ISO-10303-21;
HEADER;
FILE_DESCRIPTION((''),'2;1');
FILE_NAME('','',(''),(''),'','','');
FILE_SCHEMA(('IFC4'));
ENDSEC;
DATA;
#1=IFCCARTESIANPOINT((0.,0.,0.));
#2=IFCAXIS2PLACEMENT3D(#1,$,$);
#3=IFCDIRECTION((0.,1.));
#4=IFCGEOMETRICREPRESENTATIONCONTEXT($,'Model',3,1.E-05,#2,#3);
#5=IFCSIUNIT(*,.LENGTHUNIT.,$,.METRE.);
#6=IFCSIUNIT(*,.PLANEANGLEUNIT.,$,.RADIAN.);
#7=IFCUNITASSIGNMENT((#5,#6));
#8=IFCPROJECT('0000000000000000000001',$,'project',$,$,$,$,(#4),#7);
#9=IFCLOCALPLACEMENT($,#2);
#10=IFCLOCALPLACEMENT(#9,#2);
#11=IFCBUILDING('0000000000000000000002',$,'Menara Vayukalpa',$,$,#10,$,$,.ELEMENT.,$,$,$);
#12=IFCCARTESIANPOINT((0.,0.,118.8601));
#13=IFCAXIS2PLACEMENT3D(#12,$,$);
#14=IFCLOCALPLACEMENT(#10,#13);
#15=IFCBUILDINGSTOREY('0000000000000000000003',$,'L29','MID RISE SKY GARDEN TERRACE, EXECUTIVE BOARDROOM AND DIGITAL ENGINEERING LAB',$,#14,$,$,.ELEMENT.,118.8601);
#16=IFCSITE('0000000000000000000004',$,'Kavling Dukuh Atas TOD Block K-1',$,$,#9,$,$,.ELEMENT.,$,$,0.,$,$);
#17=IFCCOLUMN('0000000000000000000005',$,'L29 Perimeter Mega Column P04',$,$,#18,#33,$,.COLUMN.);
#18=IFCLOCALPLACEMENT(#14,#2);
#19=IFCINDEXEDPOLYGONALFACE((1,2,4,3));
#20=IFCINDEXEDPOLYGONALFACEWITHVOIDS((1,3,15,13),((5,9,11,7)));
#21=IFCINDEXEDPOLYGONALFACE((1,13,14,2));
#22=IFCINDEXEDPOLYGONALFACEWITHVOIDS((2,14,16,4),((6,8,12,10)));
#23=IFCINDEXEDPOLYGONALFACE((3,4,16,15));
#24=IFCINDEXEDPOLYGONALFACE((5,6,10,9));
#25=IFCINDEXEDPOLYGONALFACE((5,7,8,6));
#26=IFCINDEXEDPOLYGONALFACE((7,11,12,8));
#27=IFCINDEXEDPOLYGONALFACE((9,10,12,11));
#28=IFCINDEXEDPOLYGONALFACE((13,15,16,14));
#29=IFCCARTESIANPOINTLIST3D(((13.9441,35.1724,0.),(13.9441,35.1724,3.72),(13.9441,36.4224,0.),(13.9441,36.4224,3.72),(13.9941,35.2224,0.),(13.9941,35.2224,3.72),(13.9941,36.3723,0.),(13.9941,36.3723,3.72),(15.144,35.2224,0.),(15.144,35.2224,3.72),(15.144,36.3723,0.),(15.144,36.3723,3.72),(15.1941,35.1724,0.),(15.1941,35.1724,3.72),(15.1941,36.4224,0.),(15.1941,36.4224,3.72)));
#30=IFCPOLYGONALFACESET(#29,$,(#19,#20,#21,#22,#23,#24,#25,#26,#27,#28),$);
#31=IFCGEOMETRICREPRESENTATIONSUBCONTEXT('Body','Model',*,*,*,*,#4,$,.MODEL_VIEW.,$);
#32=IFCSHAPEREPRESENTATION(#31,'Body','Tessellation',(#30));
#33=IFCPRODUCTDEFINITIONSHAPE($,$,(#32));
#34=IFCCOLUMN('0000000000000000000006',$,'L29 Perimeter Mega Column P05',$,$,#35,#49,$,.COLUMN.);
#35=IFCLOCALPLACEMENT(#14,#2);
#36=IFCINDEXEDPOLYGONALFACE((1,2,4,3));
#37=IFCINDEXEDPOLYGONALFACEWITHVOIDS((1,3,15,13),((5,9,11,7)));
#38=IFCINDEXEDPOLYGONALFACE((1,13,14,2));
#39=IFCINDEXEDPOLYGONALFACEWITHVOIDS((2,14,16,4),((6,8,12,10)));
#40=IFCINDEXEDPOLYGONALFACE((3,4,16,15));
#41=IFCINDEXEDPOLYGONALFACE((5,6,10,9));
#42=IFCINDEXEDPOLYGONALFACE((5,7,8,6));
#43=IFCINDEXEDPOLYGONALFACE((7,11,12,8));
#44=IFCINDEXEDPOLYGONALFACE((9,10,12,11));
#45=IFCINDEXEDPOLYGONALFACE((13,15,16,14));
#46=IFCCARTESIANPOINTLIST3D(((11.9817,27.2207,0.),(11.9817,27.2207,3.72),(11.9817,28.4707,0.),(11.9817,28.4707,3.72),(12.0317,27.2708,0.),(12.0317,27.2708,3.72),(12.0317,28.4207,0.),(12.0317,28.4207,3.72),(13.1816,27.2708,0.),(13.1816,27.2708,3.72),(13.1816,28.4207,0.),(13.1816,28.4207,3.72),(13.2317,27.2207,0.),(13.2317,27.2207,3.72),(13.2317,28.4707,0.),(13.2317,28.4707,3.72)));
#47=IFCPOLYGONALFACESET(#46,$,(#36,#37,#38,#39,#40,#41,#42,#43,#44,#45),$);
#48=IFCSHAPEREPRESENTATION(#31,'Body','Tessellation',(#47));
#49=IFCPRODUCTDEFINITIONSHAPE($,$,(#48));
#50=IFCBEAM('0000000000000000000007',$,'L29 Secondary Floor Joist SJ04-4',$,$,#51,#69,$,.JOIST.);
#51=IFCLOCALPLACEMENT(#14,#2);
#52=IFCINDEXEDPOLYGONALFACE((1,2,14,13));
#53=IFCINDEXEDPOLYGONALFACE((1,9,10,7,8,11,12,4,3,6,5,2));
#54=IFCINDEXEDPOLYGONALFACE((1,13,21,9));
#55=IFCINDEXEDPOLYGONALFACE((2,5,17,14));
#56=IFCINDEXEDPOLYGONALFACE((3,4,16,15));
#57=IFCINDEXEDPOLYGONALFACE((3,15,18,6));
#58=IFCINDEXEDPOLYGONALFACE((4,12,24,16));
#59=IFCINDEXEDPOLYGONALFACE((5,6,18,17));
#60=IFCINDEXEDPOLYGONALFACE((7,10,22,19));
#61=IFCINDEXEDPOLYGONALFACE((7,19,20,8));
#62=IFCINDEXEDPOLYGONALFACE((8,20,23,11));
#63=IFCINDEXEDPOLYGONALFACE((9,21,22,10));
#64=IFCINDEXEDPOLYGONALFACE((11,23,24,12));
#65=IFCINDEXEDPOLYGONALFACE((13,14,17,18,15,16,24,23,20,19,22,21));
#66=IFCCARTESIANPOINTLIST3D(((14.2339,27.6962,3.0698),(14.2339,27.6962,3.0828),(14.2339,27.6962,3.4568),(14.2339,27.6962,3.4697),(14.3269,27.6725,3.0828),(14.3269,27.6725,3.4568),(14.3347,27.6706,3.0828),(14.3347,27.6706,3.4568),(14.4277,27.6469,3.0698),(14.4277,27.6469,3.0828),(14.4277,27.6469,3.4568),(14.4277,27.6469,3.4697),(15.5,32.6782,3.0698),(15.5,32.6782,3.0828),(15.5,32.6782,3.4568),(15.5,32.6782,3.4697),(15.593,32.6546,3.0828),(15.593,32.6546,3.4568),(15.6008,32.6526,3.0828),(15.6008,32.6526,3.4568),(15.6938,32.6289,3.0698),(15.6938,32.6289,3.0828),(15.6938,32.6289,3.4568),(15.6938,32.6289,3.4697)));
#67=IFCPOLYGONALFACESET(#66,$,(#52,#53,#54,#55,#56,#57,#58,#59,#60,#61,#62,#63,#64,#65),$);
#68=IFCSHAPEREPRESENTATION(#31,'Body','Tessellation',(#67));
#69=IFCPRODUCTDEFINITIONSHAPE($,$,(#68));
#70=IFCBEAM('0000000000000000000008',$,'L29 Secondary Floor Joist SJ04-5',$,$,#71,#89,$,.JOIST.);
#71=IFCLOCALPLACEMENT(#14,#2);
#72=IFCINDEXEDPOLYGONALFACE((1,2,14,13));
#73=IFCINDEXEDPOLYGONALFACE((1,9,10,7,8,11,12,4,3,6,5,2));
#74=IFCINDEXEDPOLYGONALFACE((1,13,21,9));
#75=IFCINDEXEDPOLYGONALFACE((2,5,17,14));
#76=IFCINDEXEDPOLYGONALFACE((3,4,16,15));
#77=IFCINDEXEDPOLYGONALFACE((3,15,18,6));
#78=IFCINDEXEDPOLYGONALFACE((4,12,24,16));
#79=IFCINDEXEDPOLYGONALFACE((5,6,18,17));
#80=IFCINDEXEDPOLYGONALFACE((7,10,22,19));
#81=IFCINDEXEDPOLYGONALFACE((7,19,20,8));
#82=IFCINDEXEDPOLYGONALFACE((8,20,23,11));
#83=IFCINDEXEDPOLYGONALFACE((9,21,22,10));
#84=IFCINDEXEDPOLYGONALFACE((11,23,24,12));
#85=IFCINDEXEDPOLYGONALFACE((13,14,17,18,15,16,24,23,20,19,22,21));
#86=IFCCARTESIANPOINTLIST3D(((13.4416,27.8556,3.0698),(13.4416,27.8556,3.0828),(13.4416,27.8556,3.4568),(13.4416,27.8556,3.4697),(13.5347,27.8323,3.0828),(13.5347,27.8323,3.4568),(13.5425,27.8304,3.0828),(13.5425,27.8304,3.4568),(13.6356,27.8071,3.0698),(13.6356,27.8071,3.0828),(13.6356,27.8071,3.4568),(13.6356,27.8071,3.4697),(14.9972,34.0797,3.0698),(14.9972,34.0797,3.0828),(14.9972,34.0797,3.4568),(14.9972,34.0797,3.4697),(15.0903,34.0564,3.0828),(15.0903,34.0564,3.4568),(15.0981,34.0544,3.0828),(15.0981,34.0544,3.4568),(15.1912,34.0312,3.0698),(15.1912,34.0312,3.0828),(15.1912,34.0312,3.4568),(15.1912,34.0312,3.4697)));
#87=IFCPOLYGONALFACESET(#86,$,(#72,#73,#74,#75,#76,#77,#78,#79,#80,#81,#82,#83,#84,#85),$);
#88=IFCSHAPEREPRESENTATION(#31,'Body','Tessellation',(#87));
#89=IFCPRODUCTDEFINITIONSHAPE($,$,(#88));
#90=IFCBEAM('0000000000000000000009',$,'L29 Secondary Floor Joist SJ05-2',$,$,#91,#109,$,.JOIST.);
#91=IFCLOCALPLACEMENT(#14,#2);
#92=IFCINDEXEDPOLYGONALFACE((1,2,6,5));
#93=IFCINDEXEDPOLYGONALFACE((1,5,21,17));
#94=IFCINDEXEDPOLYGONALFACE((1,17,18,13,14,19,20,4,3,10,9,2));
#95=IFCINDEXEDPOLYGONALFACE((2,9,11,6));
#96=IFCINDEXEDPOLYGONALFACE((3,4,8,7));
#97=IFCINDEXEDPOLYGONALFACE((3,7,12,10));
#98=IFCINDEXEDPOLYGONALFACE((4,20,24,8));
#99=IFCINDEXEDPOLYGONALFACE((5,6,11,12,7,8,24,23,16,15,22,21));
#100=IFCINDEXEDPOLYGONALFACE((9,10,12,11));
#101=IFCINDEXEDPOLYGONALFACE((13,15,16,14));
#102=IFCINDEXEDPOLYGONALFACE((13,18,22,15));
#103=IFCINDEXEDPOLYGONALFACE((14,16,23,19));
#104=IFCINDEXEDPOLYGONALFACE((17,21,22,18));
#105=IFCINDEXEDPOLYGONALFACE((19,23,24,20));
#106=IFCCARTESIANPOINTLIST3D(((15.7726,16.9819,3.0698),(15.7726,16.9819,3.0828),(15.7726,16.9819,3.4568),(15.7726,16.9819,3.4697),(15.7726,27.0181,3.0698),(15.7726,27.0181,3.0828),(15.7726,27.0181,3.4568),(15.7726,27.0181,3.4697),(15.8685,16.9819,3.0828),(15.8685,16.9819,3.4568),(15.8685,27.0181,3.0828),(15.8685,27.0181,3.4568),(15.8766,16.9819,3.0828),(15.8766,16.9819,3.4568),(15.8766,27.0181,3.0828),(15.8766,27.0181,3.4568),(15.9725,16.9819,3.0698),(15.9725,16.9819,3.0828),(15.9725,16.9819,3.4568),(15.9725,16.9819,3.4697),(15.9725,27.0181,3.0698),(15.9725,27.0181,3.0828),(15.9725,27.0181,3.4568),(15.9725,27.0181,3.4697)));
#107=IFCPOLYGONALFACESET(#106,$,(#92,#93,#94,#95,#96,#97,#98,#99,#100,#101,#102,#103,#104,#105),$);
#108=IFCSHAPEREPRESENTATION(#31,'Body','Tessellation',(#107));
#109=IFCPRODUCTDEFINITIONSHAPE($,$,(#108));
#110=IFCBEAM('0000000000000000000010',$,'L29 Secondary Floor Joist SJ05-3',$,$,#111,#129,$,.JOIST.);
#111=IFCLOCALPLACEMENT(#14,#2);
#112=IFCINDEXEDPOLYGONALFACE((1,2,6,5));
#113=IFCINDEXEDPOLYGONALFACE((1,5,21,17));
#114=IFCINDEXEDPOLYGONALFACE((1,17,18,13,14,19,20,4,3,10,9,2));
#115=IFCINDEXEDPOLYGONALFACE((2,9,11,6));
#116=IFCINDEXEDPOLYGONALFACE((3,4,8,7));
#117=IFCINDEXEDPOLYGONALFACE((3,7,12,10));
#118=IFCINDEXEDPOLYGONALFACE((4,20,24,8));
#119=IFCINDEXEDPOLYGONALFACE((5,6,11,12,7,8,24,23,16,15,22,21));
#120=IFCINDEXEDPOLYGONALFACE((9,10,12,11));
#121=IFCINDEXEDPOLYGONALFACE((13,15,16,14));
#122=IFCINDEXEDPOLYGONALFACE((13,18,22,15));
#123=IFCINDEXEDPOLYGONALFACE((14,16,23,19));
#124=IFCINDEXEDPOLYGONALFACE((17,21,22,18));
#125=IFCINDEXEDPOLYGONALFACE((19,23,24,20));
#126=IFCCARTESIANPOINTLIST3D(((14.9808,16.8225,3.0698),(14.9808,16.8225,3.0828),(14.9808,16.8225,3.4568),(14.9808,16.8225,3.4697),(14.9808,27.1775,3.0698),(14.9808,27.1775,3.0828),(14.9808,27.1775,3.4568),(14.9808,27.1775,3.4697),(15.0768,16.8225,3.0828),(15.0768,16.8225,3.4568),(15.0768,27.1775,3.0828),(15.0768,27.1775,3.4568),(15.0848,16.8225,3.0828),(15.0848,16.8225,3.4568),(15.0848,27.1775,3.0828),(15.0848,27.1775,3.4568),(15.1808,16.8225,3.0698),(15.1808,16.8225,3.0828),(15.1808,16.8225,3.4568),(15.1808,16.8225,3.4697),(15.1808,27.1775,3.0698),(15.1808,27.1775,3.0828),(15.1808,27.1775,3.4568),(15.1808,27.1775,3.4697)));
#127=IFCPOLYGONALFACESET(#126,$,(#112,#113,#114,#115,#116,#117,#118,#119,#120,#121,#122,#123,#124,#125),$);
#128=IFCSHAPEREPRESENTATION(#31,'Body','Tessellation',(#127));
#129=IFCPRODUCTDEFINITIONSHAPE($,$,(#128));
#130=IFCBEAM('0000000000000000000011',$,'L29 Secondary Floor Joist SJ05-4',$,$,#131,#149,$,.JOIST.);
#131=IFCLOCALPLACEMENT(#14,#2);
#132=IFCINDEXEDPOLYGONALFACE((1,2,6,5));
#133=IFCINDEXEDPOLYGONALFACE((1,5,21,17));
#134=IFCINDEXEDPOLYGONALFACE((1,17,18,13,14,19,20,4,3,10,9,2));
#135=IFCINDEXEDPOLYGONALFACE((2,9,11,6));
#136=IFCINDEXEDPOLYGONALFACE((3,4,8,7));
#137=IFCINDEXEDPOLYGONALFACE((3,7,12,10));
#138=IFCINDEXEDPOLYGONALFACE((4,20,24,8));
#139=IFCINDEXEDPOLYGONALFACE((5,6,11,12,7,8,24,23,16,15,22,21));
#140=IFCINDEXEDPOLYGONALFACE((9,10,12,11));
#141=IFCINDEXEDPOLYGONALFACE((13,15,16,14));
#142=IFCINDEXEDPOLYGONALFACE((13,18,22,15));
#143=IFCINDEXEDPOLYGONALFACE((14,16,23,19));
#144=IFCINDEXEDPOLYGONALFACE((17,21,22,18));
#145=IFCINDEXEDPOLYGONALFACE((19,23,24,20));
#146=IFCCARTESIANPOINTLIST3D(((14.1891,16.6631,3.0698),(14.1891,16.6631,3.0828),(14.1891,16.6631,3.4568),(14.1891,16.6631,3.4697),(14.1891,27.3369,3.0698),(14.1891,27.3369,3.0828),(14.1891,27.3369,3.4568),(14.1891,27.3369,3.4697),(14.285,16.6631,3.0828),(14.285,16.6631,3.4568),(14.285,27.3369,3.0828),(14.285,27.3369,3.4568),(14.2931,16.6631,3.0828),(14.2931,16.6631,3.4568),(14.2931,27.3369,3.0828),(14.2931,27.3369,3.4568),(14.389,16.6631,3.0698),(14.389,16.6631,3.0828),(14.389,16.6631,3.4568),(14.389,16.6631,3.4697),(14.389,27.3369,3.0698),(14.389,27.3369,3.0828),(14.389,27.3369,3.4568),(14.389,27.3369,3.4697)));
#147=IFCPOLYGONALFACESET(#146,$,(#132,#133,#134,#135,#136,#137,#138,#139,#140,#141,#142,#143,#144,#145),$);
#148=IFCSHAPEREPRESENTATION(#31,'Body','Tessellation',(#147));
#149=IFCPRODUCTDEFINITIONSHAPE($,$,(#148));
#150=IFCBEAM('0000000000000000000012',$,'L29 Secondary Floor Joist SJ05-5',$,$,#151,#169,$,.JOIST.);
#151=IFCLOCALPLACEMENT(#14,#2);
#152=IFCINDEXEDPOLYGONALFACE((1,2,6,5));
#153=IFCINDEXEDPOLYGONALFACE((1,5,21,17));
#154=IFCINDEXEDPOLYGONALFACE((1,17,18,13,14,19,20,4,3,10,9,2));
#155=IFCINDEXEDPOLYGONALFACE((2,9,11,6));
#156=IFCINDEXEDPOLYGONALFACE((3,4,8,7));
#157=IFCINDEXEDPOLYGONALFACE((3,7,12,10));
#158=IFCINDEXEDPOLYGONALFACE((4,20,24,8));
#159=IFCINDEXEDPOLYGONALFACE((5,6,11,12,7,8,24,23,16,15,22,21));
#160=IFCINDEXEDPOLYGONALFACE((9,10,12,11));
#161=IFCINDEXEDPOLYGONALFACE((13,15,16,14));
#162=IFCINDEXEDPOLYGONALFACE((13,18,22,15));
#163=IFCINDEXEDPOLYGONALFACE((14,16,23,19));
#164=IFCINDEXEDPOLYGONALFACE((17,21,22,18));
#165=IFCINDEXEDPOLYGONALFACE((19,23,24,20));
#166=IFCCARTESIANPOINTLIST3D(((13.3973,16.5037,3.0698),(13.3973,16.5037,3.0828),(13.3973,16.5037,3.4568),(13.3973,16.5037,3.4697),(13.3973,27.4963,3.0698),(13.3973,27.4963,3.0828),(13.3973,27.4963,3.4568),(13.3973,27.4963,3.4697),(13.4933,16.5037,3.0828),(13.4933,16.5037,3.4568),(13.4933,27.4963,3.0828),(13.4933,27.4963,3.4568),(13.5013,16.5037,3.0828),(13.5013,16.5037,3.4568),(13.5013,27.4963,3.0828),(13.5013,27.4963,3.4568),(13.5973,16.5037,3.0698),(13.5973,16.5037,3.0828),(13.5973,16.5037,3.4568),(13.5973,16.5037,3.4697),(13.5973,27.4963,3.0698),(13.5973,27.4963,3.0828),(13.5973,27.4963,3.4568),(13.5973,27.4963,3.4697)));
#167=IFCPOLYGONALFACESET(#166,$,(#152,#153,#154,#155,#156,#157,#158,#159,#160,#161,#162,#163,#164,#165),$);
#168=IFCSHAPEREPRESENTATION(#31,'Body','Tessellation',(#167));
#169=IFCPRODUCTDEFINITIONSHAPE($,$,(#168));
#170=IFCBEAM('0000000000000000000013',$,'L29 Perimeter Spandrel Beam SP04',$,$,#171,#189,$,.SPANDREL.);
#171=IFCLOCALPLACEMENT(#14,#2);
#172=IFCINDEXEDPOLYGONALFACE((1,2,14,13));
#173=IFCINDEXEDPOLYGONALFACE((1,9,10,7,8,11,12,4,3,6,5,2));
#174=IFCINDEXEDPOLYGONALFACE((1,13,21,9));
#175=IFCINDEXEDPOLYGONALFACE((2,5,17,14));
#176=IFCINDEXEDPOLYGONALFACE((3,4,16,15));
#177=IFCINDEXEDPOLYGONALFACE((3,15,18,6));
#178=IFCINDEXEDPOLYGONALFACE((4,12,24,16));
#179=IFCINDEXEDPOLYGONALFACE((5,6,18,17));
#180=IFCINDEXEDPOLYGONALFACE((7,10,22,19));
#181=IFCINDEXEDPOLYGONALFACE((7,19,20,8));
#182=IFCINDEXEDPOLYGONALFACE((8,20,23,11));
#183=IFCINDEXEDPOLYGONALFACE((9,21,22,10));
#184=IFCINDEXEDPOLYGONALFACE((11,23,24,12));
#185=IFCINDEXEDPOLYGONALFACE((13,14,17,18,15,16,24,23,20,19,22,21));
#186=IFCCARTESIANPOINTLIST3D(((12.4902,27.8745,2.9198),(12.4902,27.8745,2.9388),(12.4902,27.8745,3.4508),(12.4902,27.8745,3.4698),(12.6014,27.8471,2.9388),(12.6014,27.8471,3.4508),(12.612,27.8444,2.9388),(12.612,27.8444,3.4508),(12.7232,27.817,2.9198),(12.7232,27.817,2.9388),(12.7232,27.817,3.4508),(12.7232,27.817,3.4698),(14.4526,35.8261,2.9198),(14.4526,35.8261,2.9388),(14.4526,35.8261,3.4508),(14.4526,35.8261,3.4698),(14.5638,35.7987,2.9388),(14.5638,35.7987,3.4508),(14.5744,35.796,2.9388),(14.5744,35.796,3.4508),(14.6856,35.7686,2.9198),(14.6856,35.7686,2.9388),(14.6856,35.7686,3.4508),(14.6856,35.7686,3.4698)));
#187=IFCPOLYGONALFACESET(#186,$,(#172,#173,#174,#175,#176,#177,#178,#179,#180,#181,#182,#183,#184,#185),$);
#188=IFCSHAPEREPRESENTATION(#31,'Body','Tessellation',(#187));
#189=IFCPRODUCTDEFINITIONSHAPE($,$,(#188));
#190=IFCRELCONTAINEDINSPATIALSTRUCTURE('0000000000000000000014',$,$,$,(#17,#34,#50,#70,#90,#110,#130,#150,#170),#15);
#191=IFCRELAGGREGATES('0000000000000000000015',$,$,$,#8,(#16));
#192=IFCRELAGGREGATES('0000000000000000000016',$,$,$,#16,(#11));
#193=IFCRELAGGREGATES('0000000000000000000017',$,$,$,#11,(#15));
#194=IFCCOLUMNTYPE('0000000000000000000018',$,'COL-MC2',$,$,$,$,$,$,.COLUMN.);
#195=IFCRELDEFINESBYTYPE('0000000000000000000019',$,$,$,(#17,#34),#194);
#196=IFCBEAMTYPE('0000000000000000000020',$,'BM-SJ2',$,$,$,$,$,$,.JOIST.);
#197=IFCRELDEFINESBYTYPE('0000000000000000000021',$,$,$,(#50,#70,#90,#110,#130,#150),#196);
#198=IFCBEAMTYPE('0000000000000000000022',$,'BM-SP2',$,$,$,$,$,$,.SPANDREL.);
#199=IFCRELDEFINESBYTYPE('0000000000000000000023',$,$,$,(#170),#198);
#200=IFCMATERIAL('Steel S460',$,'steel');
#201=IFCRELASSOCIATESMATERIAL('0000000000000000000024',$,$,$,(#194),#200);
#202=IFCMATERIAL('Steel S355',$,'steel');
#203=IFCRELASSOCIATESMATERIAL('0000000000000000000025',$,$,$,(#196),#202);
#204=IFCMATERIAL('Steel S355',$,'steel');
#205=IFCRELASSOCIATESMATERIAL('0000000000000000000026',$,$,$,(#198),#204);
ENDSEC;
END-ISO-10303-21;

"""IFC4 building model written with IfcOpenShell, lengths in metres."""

from ifc_helpers import new_model, si_unit, direction, frame, origin, origin_2d, place, context, subcontext, project, spatial, hollow_rectangle, i_section, extrude, material, material_profile, profile_set, type_object, element, save


model = new_model("IFC4")

# Units and contexts
model_context = context("Model", 3, precision=1e-05, world=origin(), true_north=direction((0.0, 1.0)))
body_context = subcontext(model_context, "Body", "Model", "MODEL_VIEW")
ifc_project = project(units=[si_unit("LENGTHUNIT", "METRE"), si_unit("PLANEANGLEUNIT", "RADIAN")], contexts=[model_context])

# Site, building, storey
site_placement = place(None, origin())
site = spatial("IfcSite", under=ifc_project, at=site_placement, Name="Kavling Dukuh Atas TOD Block K-1", CompositionType="ELEMENT", RefElevation=0.0)
building_placement = place(site_placement, origin())
building = spatial("IfcBuilding", under=site, at=building_placement, Name="Menara Vayukalpa", CompositionType="ELEMENT")
storey_placement = place(building_placement, frame((0.0, 0.0, 118.8601)))
storey = spatial("IfcBuildingStorey", under=building, at=storey_placement, Name="L29", Description="MID RISE SKY GARDEN TERRACE, EXECUTIVE BOARDROOM AND DIGITAL ENGINEERING LAB", CompositionType="ELEMENT", Elevation=118.8601)

# Columns
ifc_material_1 = material(Name="Steel S460", Category="steel")
ifc_material_profile_1 = material_profile(ifc_material_1, hollow_rectangle(XDim=1.25, YDim=1.25, WallThickness=0.05, at=origin_2d()), Name="BOX 1250x1250x50")
ifc_profile_set_1 = profile_set([ifc_material_profile_1], Name="Steel S460")
column_type = type_object("IfcColumnType", Name="COL-MC2", PredefinedType="COLUMN", material=ifc_profile_set_1)
for number, where, z_axis, x_axis, name in (
    (1, (14.5691, 35.7974, 0.0), (0.0, 0.0, 1.0), (1.0, 0.0, 0.0), "L29 Perimeter Mega Column P04"),
    (2, (12.6067, 27.8457, 0.0), (0.0, 0.0, 1.0), (1.0, 0.0, 0.0), "L29 Perimeter Mega Column P05"),
):
    element("IfcColumn", number, at=place(storey_placement, frame(where, z_axis=z_axis, x_axis=x_axis)), inside=storey, type_object=column_type, Name=name, PredefinedType="COLUMN", context=body_context, shape_type="SweptSolid", body=[
        extrude(hollow_rectangle(XDim=1.25, YDim=1.25, WallThickness=0.05, at=origin_2d()), origin(), (0.0, 0.0, 1.0), 3.72),
    ])

# Beams
ifc_material_2 = material(Name="Steel S355", Category="steel")
ifc_material_profile_2 = material_profile(ifc_material_2, i_section(OverallWidth=0.2, OverallDepth=0.3999, WebThickness=0.0081, FlangeThickness=0.0129, at=origin_2d()), Name="WF 400x200x8x13")
ifc_profile_set_2 = profile_set([ifc_material_profile_2], Name="Steel S355")
beam_type_1 = type_object("IfcBeamType", Name="BM-SJ2", PredefinedType="JOIST", material=ifc_profile_set_2)
beam_1_placement = place(storey_placement, frame((15.5969, 32.6536, 3.2698), z_axis=(-0.246311, -0.969191, 0.0), x_axis=(0.969191, -0.246311, 0.0)))
element("IfcBeam", 3, at=beam_1_placement, inside=storey, type_object=beam_type_1, Name="L29 Secondary Floor Joist SJ04-4", PredefinedType="JOIST", context=body_context, shape_type="SweptSolid", body=[
    extrude(i_section(OverallWidth=0.2, OverallDepth=0.3999, WebThickness=0.0081, FlangeThickness=0.0129, at=origin_2d()), origin(), (0.0, 0.0, 1.0), 5.1404),
])
beam_2_placement = place(storey_placement, frame((15.0942, 34.0554, 3.2698), z_axis=(-0.242482, -0.970156, 0.0), x_axis=(0.970156, -0.242482, 0.0)))
element("IfcBeam", 4, at=beam_2_placement, inside=storey, type_object=beam_type_1, Name="L29 Secondary Floor Joist SJ04-5", PredefinedType="JOIST", context=body_context, shape_type="SweptSolid", body=[
    extrude(i_section(OverallWidth=0.2, OverallDepth=0.3999, WebThickness=0.0081, FlangeThickness=0.0129, at=origin_2d()), origin(), (0.0, 0.0, 1.0), 6.4155),
])
beam_3_placement = place(storey_placement, frame((15.8726, 27.0181, 3.2698), z_axis=(0.0, -1.0, 0.0), x_axis=(1.0, 0.0, 0.0)))
element("IfcBeam", 5, at=beam_3_placement, inside=storey, type_object=beam_type_1, Name="L29 Secondary Floor Joist SJ05-2", PredefinedType="JOIST", context=body_context, shape_type="SweptSolid", body=[
    extrude(i_section(OverallWidth=0.2, OverallDepth=0.3999, WebThickness=0.0081, FlangeThickness=0.0129, at=origin_2d()), origin(), (0.0, 0.0, 1.0), 10.0361),
])
beam_4_placement = place(storey_placement, frame((15.0808, 27.1775, 3.2698), z_axis=(0.0, -1.0, 0.0), x_axis=(1.0, 0.0, 0.0)))
element("IfcBeam", 6, at=beam_4_placement, inside=storey, type_object=beam_type_1, Name="L29 Secondary Floor Joist SJ05-3", PredefinedType="JOIST", context=body_context, shape_type="SweptSolid", body=[
    extrude(i_section(OverallWidth=0.2, OverallDepth=0.3999, WebThickness=0.0081, FlangeThickness=0.0129, at=origin_2d()), origin(), (0.0, 0.0, 1.0), 10.355),
])
beam_5_placement = place(storey_placement, frame((14.2891, 27.3369, 3.2698), z_axis=(0.0, -1.0, 0.0), x_axis=(1.0, 0.0, 0.0)))
element("IfcBeam", 7, at=beam_5_placement, inside=storey, type_object=beam_type_1, Name="L29 Secondary Floor Joist SJ05-4", PredefinedType="JOIST", context=body_context, shape_type="SweptSolid", body=[
    extrude(i_section(OverallWidth=0.2, OverallDepth=0.3999, WebThickness=0.0081, FlangeThickness=0.0129, at=origin_2d()), origin(), (0.0, 0.0, 1.0), 10.6738),
])
beam_6_placement = place(storey_placement, frame((13.4973, 27.4963, 3.2698), z_axis=(0.0, -1.0, 0.0), x_axis=(1.0, 0.0, 0.0)))
element("IfcBeam", 8, at=beam_6_placement, inside=storey, type_object=beam_type_1, Name="L29 Secondary Floor Joist SJ05-5", PredefinedType="JOIST", context=body_context, shape_type="SweptSolid", body=[
    extrude(i_section(OverallWidth=0.2, OverallDepth=0.3999, WebThickness=0.0081, FlangeThickness=0.0129, at=origin_2d()), origin(), (0.0, 0.0, 1.0), 10.9927),
])
ifc_material_3 = material(Name="Steel S355", Category="steel")
ifc_material_profile_3 = material_profile(ifc_material_3, i_section(OverallWidth=0.24, OverallDepth=0.55, WebThickness=0.011, FlangeThickness=0.019, at=origin_2d()), Name="WF 550x240x11x19")
ifc_profile_set_3 = profile_set([ifc_material_profile_3], Name="Steel S355")
beam_type_2 = type_object("IfcBeamType", Name="BM-SP2", PredefinedType="SPANDREL", material=ifc_profile_set_3)
beam_7_placement = place(storey_placement, frame((14.5691, 35.7974, 3.1948), z_axis=(-0.239603, -0.970871, 0.0), x_axis=(0.970871, -0.239603, 0.0)))
element("IfcBeam", 9, at=beam_7_placement, inside=storey, type_object=beam_type_2, Name="L29 Perimeter Spandrel Beam SP04", PredefinedType="SPANDREL", context=body_context, shape_type="SweptSolid", body=[
    extrude(i_section(OverallWidth=0.24, OverallDepth=0.55, WebThickness=0.011, FlangeThickness=0.019, at=origin_2d()), origin(), (0.0, 0.0, 1.0), 8.1902),
])

save(model, "model.ifc")
